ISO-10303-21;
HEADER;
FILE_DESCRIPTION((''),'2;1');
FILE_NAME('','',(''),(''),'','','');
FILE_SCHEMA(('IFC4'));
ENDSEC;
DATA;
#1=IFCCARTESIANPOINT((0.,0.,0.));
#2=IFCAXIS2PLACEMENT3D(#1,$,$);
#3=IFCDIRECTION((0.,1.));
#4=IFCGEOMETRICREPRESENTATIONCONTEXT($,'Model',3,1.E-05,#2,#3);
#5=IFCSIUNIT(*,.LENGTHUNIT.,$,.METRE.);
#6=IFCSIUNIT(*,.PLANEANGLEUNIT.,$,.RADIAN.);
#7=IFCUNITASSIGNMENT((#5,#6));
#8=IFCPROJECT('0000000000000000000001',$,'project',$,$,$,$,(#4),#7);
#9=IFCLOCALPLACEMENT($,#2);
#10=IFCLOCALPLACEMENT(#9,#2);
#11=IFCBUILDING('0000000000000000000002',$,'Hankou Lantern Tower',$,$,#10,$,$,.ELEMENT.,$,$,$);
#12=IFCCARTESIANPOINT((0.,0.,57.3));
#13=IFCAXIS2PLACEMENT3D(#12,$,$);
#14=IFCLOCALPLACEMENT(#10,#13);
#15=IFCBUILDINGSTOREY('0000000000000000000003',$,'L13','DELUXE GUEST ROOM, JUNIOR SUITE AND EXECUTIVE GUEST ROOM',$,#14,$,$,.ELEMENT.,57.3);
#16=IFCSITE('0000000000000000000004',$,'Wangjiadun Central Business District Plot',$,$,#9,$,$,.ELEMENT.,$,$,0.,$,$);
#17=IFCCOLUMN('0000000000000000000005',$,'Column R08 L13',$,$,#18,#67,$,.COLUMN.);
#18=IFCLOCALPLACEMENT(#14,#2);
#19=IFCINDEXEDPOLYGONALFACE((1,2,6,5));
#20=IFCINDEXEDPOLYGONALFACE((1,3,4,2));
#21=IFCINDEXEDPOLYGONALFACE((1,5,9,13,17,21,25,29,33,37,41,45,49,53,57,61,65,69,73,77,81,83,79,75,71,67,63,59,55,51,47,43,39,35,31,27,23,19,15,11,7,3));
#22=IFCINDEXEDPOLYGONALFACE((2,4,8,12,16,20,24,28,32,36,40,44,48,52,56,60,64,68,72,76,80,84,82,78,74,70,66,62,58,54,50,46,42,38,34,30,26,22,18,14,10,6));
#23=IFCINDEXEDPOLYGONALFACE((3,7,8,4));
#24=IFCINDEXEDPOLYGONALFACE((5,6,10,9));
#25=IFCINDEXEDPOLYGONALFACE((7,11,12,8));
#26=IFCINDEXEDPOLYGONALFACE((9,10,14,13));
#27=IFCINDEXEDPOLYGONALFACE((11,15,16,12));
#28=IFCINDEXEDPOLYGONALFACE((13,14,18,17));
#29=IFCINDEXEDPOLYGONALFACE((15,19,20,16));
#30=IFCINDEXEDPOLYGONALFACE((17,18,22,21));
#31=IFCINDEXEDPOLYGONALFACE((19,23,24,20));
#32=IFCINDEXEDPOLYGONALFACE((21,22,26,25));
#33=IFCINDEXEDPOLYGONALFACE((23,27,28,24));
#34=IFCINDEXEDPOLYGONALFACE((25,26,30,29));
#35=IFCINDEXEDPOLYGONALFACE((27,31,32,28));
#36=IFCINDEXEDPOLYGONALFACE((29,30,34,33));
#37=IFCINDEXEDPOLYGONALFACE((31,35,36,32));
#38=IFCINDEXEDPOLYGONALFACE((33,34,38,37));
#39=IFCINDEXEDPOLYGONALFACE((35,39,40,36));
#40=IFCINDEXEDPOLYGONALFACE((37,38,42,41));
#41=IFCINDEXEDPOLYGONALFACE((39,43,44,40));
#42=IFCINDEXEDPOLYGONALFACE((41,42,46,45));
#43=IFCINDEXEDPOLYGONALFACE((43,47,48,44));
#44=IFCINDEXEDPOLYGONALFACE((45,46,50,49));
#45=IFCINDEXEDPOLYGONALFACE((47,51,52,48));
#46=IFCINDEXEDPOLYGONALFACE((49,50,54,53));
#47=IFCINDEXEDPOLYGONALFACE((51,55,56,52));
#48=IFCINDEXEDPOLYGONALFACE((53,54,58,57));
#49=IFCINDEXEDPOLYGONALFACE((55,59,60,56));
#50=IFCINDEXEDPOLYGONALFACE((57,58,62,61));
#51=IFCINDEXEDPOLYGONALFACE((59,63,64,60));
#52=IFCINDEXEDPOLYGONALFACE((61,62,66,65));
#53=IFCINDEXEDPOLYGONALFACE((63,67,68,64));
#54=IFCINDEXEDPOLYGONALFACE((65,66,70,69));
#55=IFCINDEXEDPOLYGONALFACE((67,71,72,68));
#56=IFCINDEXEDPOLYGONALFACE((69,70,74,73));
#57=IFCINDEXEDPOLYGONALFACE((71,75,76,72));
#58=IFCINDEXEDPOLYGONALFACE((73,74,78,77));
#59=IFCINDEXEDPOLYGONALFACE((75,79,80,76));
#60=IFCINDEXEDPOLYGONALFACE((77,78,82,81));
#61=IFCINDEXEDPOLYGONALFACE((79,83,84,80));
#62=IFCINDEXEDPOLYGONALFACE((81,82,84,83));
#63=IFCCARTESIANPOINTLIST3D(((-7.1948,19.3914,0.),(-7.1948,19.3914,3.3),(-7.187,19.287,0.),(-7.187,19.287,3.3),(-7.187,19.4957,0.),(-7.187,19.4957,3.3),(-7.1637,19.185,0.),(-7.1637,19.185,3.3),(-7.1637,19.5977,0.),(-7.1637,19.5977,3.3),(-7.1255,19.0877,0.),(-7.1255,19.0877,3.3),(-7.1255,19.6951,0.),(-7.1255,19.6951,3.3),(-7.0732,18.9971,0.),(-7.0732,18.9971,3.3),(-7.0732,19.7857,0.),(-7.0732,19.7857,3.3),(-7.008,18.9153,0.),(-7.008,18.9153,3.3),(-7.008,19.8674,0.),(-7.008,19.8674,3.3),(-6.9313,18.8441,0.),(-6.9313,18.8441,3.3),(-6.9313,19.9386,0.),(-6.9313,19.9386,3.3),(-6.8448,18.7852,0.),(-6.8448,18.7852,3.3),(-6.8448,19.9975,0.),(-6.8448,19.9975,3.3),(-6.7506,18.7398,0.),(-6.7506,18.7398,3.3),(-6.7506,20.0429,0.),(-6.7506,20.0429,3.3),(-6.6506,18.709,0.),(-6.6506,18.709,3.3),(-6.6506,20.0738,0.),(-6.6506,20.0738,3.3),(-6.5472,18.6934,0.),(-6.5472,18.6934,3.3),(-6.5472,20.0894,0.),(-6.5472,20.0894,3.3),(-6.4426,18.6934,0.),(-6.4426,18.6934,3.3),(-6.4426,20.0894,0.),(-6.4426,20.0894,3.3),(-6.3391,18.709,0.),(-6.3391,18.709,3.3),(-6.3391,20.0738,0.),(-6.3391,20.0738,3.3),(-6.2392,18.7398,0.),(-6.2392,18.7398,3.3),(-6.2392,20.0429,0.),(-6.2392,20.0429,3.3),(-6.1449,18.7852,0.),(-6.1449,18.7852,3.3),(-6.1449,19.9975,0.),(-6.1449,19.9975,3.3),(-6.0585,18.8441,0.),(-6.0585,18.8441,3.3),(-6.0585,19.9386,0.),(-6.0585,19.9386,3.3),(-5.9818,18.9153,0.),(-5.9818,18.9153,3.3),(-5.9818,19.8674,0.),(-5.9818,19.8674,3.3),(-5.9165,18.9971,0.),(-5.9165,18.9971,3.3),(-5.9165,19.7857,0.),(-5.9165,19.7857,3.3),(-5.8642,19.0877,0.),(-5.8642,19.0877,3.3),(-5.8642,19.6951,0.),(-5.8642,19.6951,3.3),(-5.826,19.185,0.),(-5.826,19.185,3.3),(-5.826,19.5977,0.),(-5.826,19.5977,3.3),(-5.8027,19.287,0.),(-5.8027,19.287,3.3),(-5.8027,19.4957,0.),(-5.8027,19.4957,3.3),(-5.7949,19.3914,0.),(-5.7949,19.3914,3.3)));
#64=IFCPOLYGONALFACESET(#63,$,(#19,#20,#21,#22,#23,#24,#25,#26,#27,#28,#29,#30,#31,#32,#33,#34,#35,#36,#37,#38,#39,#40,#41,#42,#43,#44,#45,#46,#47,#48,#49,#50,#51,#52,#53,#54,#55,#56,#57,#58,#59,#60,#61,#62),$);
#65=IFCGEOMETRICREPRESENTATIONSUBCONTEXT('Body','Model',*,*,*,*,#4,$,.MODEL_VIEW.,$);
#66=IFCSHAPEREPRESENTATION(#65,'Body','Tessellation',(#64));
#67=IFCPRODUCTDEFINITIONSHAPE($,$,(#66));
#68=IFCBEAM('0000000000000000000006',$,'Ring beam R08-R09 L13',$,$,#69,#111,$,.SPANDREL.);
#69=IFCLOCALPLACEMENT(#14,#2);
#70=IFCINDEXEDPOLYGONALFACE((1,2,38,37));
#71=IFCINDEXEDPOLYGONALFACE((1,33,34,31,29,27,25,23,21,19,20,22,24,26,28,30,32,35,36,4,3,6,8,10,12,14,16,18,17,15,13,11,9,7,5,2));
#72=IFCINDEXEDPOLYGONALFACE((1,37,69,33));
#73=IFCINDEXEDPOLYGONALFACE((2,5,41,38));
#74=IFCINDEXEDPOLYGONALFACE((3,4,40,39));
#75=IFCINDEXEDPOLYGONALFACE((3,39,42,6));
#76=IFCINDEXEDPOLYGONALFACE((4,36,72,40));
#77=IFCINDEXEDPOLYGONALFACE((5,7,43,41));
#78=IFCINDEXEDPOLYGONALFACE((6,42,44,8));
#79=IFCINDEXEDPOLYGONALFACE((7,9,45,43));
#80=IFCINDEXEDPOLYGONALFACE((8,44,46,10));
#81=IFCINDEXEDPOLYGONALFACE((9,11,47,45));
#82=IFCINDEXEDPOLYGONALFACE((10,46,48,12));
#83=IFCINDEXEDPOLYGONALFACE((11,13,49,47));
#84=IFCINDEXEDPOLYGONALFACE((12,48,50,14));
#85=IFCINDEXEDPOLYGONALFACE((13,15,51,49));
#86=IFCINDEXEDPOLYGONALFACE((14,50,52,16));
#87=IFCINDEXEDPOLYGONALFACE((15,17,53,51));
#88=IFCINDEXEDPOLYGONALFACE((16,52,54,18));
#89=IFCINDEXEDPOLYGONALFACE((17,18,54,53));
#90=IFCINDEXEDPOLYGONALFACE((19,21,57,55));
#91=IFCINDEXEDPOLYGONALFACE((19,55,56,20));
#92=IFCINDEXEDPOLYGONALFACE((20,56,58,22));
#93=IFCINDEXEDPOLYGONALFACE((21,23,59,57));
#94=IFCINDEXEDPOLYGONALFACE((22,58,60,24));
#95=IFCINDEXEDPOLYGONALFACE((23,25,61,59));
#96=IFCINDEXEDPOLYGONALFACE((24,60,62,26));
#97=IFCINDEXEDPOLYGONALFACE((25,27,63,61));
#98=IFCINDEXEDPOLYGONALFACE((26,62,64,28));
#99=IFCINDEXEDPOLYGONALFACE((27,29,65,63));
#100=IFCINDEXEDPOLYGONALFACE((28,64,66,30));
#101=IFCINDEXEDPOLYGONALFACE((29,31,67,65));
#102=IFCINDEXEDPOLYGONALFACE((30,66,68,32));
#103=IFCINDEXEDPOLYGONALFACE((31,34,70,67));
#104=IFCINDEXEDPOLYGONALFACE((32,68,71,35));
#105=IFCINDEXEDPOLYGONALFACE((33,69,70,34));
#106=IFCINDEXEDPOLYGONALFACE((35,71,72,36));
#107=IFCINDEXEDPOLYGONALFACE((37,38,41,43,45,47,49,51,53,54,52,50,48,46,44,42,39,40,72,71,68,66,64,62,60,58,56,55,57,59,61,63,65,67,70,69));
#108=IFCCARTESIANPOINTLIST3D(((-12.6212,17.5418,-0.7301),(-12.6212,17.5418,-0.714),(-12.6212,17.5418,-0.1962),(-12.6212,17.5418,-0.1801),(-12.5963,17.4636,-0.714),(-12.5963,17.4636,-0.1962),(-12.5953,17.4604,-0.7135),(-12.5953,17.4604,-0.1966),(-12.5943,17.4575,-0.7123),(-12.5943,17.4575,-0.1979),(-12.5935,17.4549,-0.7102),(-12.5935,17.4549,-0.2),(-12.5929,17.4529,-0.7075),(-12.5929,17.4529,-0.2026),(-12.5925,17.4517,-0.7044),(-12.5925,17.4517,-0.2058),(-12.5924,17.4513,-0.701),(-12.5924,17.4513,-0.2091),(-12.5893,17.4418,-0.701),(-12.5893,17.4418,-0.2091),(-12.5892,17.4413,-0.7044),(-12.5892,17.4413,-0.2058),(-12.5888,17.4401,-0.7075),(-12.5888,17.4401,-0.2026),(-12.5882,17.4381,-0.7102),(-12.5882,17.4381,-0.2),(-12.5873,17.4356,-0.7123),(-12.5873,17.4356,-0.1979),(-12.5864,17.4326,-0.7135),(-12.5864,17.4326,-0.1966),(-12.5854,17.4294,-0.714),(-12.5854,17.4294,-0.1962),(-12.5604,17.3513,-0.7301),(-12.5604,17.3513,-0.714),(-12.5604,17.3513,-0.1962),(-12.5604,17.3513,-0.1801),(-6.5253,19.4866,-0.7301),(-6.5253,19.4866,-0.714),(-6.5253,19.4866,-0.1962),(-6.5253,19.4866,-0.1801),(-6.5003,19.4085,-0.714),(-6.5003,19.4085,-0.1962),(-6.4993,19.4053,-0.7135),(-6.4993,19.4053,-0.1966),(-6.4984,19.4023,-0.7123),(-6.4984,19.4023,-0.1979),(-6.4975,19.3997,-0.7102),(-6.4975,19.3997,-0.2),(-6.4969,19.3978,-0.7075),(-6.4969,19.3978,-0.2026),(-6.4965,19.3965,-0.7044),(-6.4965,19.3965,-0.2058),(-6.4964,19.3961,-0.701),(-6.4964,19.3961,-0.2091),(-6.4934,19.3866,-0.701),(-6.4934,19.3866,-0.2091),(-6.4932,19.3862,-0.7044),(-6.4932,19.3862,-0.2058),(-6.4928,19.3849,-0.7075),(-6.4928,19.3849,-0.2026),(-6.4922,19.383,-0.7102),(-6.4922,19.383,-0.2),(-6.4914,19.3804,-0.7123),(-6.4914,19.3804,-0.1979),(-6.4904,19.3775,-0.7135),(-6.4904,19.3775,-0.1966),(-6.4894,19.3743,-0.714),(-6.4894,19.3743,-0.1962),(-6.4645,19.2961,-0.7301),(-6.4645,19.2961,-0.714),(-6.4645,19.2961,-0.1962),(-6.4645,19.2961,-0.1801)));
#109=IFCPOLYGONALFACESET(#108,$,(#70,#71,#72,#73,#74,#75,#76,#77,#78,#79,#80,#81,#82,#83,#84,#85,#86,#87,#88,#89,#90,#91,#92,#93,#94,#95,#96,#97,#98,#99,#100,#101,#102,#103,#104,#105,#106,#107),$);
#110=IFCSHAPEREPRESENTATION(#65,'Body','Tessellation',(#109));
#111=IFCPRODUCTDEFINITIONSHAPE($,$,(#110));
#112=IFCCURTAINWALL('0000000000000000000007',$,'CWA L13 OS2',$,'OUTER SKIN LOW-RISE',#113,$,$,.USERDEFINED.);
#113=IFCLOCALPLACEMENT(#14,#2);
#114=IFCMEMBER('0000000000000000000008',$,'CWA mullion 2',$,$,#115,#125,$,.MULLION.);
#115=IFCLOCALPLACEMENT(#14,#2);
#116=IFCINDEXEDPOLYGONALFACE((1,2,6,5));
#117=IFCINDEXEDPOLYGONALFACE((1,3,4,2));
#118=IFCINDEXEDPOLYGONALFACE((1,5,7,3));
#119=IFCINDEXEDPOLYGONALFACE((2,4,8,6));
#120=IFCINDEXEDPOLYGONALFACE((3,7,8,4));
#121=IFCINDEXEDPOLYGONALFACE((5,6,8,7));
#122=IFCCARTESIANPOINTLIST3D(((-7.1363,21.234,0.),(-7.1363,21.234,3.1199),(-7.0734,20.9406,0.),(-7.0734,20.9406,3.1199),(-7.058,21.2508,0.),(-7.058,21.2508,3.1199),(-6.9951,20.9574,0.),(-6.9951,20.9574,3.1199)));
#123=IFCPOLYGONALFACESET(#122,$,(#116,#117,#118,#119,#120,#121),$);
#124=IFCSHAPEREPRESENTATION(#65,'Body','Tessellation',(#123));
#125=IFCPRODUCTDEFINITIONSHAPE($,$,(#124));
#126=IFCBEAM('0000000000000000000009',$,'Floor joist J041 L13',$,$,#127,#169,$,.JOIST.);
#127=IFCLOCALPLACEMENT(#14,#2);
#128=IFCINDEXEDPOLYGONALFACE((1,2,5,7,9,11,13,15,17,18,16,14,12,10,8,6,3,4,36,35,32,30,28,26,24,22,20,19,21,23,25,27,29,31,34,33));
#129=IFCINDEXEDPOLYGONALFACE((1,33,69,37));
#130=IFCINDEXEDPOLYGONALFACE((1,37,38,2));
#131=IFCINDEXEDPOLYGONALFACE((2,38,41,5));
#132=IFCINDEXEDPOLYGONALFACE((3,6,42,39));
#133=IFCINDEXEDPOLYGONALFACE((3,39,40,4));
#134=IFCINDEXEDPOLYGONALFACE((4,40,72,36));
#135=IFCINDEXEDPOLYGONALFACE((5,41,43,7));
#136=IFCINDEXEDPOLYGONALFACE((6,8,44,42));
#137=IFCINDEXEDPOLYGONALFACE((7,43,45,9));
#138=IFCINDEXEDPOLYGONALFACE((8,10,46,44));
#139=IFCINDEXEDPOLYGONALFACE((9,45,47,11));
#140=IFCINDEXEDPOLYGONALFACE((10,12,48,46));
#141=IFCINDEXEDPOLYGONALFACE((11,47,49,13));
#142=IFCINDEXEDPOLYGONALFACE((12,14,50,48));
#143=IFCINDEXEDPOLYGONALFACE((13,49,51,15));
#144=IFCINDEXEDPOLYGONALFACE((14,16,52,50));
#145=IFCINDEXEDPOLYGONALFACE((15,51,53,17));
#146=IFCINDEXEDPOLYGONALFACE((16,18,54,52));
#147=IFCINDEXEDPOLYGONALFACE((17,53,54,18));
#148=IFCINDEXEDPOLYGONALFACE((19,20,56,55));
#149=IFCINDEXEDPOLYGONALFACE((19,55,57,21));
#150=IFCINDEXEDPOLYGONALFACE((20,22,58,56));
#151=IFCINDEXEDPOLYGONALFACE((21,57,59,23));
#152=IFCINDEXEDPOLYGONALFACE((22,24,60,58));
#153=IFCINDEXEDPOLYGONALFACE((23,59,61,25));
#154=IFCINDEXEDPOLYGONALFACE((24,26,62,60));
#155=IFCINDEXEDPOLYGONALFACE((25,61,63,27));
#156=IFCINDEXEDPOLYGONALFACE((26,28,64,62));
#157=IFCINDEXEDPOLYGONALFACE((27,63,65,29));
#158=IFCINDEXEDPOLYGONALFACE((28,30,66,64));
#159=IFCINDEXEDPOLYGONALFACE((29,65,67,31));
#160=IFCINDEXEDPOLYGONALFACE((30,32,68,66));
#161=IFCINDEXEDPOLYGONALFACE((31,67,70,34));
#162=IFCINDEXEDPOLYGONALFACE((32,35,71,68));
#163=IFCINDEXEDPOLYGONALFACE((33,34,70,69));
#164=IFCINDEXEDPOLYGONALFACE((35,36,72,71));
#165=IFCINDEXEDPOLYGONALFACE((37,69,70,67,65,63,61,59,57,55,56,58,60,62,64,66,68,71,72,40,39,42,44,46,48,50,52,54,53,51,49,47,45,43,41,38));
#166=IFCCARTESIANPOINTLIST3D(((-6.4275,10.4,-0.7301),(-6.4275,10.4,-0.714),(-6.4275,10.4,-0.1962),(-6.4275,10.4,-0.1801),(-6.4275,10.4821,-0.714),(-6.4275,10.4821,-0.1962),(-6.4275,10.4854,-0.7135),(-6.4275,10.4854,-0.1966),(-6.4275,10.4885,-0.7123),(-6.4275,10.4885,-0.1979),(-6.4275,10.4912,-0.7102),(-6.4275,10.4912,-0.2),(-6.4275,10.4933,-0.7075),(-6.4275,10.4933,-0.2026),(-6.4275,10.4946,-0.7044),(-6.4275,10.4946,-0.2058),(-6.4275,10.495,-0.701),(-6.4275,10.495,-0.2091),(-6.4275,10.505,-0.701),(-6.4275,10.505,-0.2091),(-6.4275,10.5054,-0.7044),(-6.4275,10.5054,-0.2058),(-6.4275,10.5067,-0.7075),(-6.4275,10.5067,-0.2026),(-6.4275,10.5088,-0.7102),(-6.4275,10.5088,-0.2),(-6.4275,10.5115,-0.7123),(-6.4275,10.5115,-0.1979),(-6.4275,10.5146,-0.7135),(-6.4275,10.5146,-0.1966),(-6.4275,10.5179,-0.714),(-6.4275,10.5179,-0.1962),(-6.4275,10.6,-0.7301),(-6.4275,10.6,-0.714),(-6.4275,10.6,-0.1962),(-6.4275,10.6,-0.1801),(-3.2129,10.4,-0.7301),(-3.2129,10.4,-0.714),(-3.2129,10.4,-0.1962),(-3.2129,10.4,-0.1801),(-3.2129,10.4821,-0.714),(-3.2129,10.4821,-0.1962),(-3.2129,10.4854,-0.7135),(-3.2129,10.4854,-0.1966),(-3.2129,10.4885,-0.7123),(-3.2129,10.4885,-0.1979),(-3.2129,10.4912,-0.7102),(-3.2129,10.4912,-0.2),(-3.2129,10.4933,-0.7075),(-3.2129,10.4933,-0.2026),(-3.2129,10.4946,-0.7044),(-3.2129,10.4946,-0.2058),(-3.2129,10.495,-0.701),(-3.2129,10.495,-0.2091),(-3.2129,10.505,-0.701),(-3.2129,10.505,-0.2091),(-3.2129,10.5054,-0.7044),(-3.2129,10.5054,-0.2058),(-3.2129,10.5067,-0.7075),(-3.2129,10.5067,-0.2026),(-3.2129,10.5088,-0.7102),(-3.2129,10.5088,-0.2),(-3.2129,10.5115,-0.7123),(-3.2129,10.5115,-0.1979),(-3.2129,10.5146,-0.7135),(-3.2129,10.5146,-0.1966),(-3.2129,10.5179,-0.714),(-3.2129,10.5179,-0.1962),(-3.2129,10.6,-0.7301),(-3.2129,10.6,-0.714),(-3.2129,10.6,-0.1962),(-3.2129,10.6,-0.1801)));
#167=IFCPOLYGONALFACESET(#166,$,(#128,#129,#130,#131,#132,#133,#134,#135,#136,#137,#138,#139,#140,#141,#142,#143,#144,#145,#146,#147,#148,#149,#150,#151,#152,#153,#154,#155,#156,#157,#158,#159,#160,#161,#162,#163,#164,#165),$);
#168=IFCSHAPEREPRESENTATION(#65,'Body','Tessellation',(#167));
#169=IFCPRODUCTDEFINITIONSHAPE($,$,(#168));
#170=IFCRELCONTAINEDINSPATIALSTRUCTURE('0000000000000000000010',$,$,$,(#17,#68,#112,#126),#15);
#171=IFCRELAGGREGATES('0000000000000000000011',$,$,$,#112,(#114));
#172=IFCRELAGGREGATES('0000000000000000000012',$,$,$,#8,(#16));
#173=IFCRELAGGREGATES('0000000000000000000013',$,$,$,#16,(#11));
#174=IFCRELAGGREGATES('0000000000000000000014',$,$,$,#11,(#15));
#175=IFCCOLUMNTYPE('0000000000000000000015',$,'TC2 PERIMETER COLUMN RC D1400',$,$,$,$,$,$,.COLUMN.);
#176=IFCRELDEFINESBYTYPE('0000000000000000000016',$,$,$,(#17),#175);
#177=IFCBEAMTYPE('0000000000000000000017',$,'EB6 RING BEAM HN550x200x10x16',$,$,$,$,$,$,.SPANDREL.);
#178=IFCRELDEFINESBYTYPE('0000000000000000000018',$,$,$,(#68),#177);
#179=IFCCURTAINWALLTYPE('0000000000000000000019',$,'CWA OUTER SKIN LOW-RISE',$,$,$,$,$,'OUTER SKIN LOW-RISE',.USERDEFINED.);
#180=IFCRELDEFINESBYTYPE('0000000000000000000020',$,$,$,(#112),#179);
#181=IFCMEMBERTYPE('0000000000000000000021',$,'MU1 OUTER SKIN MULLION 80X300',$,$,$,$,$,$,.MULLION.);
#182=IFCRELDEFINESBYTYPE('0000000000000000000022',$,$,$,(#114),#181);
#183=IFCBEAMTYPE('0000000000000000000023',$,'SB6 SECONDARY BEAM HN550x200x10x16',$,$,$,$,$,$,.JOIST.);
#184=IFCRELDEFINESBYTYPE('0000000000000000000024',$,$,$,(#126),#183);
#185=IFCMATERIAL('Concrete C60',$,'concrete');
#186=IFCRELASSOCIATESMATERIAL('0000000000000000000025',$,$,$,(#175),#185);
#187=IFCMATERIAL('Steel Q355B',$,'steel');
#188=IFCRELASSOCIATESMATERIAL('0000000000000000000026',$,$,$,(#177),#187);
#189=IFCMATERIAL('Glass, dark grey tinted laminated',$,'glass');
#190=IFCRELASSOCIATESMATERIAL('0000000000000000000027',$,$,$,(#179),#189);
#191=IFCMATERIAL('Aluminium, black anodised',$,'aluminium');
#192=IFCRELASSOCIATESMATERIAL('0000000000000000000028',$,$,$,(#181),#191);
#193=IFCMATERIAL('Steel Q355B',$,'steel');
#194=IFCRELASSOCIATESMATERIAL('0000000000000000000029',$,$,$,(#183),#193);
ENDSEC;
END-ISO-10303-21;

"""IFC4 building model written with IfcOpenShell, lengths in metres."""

from ifc_helpers import new_model, si_unit, direction, frame, origin, origin_2d, place, context, subcontext, project, spatial, rectangle, circle, i_section, extrude, material, material_profile, profile_set, type_object, element, aggregate, save


model = new_model("IFC4")

# Units and contexts
model_context = context("Model", 3, precision=1e-05, world=origin(), true_north=direction((0.0, 1.0)))
body_context = subcontext(model_context, "Body", "Model", "MODEL_VIEW")
ifc_project = project(units=[si_unit("LENGTHUNIT", "METRE"), si_unit("PLANEANGLEUNIT", "RADIAN")], contexts=[model_context])

# Site, building, storey
site_placement = place(None, origin())
site = spatial("IfcSite", under=ifc_project, at=site_placement, Name="Wangjiadun Central Business District Plot", CompositionType="ELEMENT", RefElevation=0.0)
building_placement = place(site_placement, origin())
building = spatial("IfcBuilding", under=site, at=building_placement, Name="Hankou Lantern Tower", CompositionType="ELEMENT")
storey_placement = place(building_placement, frame((0.0, 0.0, 57.3)))
storey = spatial("IfcBuildingStorey", under=building, at=storey_placement, Name="L13", Description="DELUXE GUEST ROOM, JUNIOR SUITE AND EXECUTIVE GUEST ROOM", CompositionType="ELEMENT", Elevation=57.3)

# Column
ifc_material_1 = material(Name="Concrete C60", Category="concrete")
ifc_material_profile_1 = material_profile(ifc_material_1, circle(Radius=0.7, at=origin_2d()), Name="RC D1400")
ifc_profile_set_1 = profile_set([ifc_material_profile_1], Name="Concrete C60")
column_type = type_object("IfcColumnType", Name="TC2 PERIMETER COLUMN RC D1400", PredefinedType="COLUMN", material=ifc_profile_set_1)
column_placement = place(storey_placement, frame((-6.4949, 19.3914, 0.0), z_axis=(0.0, 0.0, 1.0), x_axis=(1.0, 0.0, 0.0)))
element("IfcColumn", 1, at=column_placement, inside=storey, type_object=column_type, Name="Column R08 L13", PredefinedType="COLUMN", context=body_context, shape_type="SweptSolid", body=[
    extrude(circle(Radius=0.7, at=origin_2d()), origin(), (0.0, 0.0, 1.0), 3.3),
])

# Beam
ifc_material_2 = material(Name="Steel Q355B", Category="steel")
ifc_material_profile_2 = material_profile(ifc_material_2, i_section(OverallWidth=0.2, OverallDepth=0.55, WebThickness=0.01, FlangeThickness=0.0161, FilletRadius=0.0129, at=origin_2d()), Name="HN550x200x10x16")
ifc_profile_set_2 = profile_set([ifc_material_profile_2], Name="Steel Q355B")
beam_type_1 = type_object("IfcBeamType", Name="EB6 RING BEAM HN550x200x10x16", PredefinedType="SPANDREL", material=ifc_profile_set_2)
beam_1_placement = place(storey_placement, frame((-6.4949, 19.3914, -0.4551), z_axis=(-0.95269, -0.303942, 0.0), x_axis=(0.303942, -0.95269, 0.0)))
element("IfcBeam", 2, at=beam_1_placement, inside=storey, type_object=beam_type_1, Name="Ring beam R08-R09 L13", PredefinedType="SPANDREL", context=body_context, shape_type="SweptSolid", body=[
    extrude(i_section(OverallWidth=0.2, OverallDepth=0.55, WebThickness=0.01, FlangeThickness=0.0161, FilletRadius=0.0129, at=origin_2d()), origin(), (0.0, 0.0, 1.0), 6.3987),
])

# Curtain wall, member
ifc_material_3 = material(Name="Glass, dark grey tinted laminated", Category="glass")
curtain_wall_type = type_object("IfcCurtainWallType", Name="CWA OUTER SKIN LOW-RISE", ElementType="OUTER SKIN LOW-RISE", PredefinedType="USERDEFINED", material=ifc_material_3)
curtain_wall_placement = place(storey_placement, origin())
curtain_wall = element("IfcCurtainWall", 3, at=curtain_wall_placement, inside=storey, type_object=curtain_wall_type, Name="CWA L13 OS2", ObjectType="OUTER SKIN LOW-RISE", PredefinedType="USERDEFINED")
ifc_material_4 = material(Name="Aluminium, black anodised", Category="aluminium")
ifc_material_profile_3 = material_profile(ifc_material_4, rectangle(XDim=0.0801, YDim=0.3, at=origin_2d()), Name="MU1 80X300")
ifc_profile_set_3 = profile_set([ifc_material_profile_3], Name="Aluminium, black anodised")
member_type_1 = type_object("IfcMemberType", Name="MU1 OUTER SKIN MULLION 80X300", PredefinedType="MULLION", material=ifc_profile_set_3)
member_1_placement = place(storey_placement, frame((-7.0657, 21.0957, 0.0), z_axis=(0.0, 0.0, 1.0), x_axis=(-0.977788, -0.209598, 0.0)))
member_1 = element("IfcMember", 4, at=member_1_placement, type_object=member_type_1, Name="CWA mullion 2", PredefinedType="MULLION", context=body_context, shape_type="SweptSolid", body=[
    extrude(rectangle(XDim=0.0801, YDim=0.3, at=origin_2d()), origin(), (0.0, 0.0, 1.0), 3.1199),
])

# Beam
ifc_material_5 = material(Name="Steel Q355B", Category="steel")
ifc_material_profile_4 = material_profile(ifc_material_5, i_section(OverallWidth=0.2, OverallDepth=0.55, WebThickness=0.01, FlangeThickness=0.0161, FilletRadius=0.0129, at=origin_2d()), Name="HN550x200x10x16")
ifc_profile_set_4 = profile_set([ifc_material_profile_4], Name="Steel Q355B")
beam_type_2 = type_object("IfcBeamType", Name="SB6 SECONDARY BEAM HN550x200x10x16", PredefinedType="JOIST", material=ifc_profile_set_4)
beam_2_placement = place(storey_placement, frame((-6.4275, 10.5, -0.4551), z_axis=(1.0, 0.0, 0.0), x_axis=(0.0, 1.0, 0.0)))
element("IfcBeam", 5, at=beam_2_placement, inside=storey, type_object=beam_type_2, Name="Floor joist J041 L13", PredefinedType="JOIST", context=body_context, shape_type="SweptSolid", body=[
    extrude(i_section(OverallWidth=0.2, OverallDepth=0.55, WebThickness=0.01, FlangeThickness=0.0161, FilletRadius=0.0129, at=origin_2d()), origin(), (0.0, 0.0, 1.0), 3.2146),
])

aggregate(curtain_wall, [member_1])

save(model, "model.ifc")
